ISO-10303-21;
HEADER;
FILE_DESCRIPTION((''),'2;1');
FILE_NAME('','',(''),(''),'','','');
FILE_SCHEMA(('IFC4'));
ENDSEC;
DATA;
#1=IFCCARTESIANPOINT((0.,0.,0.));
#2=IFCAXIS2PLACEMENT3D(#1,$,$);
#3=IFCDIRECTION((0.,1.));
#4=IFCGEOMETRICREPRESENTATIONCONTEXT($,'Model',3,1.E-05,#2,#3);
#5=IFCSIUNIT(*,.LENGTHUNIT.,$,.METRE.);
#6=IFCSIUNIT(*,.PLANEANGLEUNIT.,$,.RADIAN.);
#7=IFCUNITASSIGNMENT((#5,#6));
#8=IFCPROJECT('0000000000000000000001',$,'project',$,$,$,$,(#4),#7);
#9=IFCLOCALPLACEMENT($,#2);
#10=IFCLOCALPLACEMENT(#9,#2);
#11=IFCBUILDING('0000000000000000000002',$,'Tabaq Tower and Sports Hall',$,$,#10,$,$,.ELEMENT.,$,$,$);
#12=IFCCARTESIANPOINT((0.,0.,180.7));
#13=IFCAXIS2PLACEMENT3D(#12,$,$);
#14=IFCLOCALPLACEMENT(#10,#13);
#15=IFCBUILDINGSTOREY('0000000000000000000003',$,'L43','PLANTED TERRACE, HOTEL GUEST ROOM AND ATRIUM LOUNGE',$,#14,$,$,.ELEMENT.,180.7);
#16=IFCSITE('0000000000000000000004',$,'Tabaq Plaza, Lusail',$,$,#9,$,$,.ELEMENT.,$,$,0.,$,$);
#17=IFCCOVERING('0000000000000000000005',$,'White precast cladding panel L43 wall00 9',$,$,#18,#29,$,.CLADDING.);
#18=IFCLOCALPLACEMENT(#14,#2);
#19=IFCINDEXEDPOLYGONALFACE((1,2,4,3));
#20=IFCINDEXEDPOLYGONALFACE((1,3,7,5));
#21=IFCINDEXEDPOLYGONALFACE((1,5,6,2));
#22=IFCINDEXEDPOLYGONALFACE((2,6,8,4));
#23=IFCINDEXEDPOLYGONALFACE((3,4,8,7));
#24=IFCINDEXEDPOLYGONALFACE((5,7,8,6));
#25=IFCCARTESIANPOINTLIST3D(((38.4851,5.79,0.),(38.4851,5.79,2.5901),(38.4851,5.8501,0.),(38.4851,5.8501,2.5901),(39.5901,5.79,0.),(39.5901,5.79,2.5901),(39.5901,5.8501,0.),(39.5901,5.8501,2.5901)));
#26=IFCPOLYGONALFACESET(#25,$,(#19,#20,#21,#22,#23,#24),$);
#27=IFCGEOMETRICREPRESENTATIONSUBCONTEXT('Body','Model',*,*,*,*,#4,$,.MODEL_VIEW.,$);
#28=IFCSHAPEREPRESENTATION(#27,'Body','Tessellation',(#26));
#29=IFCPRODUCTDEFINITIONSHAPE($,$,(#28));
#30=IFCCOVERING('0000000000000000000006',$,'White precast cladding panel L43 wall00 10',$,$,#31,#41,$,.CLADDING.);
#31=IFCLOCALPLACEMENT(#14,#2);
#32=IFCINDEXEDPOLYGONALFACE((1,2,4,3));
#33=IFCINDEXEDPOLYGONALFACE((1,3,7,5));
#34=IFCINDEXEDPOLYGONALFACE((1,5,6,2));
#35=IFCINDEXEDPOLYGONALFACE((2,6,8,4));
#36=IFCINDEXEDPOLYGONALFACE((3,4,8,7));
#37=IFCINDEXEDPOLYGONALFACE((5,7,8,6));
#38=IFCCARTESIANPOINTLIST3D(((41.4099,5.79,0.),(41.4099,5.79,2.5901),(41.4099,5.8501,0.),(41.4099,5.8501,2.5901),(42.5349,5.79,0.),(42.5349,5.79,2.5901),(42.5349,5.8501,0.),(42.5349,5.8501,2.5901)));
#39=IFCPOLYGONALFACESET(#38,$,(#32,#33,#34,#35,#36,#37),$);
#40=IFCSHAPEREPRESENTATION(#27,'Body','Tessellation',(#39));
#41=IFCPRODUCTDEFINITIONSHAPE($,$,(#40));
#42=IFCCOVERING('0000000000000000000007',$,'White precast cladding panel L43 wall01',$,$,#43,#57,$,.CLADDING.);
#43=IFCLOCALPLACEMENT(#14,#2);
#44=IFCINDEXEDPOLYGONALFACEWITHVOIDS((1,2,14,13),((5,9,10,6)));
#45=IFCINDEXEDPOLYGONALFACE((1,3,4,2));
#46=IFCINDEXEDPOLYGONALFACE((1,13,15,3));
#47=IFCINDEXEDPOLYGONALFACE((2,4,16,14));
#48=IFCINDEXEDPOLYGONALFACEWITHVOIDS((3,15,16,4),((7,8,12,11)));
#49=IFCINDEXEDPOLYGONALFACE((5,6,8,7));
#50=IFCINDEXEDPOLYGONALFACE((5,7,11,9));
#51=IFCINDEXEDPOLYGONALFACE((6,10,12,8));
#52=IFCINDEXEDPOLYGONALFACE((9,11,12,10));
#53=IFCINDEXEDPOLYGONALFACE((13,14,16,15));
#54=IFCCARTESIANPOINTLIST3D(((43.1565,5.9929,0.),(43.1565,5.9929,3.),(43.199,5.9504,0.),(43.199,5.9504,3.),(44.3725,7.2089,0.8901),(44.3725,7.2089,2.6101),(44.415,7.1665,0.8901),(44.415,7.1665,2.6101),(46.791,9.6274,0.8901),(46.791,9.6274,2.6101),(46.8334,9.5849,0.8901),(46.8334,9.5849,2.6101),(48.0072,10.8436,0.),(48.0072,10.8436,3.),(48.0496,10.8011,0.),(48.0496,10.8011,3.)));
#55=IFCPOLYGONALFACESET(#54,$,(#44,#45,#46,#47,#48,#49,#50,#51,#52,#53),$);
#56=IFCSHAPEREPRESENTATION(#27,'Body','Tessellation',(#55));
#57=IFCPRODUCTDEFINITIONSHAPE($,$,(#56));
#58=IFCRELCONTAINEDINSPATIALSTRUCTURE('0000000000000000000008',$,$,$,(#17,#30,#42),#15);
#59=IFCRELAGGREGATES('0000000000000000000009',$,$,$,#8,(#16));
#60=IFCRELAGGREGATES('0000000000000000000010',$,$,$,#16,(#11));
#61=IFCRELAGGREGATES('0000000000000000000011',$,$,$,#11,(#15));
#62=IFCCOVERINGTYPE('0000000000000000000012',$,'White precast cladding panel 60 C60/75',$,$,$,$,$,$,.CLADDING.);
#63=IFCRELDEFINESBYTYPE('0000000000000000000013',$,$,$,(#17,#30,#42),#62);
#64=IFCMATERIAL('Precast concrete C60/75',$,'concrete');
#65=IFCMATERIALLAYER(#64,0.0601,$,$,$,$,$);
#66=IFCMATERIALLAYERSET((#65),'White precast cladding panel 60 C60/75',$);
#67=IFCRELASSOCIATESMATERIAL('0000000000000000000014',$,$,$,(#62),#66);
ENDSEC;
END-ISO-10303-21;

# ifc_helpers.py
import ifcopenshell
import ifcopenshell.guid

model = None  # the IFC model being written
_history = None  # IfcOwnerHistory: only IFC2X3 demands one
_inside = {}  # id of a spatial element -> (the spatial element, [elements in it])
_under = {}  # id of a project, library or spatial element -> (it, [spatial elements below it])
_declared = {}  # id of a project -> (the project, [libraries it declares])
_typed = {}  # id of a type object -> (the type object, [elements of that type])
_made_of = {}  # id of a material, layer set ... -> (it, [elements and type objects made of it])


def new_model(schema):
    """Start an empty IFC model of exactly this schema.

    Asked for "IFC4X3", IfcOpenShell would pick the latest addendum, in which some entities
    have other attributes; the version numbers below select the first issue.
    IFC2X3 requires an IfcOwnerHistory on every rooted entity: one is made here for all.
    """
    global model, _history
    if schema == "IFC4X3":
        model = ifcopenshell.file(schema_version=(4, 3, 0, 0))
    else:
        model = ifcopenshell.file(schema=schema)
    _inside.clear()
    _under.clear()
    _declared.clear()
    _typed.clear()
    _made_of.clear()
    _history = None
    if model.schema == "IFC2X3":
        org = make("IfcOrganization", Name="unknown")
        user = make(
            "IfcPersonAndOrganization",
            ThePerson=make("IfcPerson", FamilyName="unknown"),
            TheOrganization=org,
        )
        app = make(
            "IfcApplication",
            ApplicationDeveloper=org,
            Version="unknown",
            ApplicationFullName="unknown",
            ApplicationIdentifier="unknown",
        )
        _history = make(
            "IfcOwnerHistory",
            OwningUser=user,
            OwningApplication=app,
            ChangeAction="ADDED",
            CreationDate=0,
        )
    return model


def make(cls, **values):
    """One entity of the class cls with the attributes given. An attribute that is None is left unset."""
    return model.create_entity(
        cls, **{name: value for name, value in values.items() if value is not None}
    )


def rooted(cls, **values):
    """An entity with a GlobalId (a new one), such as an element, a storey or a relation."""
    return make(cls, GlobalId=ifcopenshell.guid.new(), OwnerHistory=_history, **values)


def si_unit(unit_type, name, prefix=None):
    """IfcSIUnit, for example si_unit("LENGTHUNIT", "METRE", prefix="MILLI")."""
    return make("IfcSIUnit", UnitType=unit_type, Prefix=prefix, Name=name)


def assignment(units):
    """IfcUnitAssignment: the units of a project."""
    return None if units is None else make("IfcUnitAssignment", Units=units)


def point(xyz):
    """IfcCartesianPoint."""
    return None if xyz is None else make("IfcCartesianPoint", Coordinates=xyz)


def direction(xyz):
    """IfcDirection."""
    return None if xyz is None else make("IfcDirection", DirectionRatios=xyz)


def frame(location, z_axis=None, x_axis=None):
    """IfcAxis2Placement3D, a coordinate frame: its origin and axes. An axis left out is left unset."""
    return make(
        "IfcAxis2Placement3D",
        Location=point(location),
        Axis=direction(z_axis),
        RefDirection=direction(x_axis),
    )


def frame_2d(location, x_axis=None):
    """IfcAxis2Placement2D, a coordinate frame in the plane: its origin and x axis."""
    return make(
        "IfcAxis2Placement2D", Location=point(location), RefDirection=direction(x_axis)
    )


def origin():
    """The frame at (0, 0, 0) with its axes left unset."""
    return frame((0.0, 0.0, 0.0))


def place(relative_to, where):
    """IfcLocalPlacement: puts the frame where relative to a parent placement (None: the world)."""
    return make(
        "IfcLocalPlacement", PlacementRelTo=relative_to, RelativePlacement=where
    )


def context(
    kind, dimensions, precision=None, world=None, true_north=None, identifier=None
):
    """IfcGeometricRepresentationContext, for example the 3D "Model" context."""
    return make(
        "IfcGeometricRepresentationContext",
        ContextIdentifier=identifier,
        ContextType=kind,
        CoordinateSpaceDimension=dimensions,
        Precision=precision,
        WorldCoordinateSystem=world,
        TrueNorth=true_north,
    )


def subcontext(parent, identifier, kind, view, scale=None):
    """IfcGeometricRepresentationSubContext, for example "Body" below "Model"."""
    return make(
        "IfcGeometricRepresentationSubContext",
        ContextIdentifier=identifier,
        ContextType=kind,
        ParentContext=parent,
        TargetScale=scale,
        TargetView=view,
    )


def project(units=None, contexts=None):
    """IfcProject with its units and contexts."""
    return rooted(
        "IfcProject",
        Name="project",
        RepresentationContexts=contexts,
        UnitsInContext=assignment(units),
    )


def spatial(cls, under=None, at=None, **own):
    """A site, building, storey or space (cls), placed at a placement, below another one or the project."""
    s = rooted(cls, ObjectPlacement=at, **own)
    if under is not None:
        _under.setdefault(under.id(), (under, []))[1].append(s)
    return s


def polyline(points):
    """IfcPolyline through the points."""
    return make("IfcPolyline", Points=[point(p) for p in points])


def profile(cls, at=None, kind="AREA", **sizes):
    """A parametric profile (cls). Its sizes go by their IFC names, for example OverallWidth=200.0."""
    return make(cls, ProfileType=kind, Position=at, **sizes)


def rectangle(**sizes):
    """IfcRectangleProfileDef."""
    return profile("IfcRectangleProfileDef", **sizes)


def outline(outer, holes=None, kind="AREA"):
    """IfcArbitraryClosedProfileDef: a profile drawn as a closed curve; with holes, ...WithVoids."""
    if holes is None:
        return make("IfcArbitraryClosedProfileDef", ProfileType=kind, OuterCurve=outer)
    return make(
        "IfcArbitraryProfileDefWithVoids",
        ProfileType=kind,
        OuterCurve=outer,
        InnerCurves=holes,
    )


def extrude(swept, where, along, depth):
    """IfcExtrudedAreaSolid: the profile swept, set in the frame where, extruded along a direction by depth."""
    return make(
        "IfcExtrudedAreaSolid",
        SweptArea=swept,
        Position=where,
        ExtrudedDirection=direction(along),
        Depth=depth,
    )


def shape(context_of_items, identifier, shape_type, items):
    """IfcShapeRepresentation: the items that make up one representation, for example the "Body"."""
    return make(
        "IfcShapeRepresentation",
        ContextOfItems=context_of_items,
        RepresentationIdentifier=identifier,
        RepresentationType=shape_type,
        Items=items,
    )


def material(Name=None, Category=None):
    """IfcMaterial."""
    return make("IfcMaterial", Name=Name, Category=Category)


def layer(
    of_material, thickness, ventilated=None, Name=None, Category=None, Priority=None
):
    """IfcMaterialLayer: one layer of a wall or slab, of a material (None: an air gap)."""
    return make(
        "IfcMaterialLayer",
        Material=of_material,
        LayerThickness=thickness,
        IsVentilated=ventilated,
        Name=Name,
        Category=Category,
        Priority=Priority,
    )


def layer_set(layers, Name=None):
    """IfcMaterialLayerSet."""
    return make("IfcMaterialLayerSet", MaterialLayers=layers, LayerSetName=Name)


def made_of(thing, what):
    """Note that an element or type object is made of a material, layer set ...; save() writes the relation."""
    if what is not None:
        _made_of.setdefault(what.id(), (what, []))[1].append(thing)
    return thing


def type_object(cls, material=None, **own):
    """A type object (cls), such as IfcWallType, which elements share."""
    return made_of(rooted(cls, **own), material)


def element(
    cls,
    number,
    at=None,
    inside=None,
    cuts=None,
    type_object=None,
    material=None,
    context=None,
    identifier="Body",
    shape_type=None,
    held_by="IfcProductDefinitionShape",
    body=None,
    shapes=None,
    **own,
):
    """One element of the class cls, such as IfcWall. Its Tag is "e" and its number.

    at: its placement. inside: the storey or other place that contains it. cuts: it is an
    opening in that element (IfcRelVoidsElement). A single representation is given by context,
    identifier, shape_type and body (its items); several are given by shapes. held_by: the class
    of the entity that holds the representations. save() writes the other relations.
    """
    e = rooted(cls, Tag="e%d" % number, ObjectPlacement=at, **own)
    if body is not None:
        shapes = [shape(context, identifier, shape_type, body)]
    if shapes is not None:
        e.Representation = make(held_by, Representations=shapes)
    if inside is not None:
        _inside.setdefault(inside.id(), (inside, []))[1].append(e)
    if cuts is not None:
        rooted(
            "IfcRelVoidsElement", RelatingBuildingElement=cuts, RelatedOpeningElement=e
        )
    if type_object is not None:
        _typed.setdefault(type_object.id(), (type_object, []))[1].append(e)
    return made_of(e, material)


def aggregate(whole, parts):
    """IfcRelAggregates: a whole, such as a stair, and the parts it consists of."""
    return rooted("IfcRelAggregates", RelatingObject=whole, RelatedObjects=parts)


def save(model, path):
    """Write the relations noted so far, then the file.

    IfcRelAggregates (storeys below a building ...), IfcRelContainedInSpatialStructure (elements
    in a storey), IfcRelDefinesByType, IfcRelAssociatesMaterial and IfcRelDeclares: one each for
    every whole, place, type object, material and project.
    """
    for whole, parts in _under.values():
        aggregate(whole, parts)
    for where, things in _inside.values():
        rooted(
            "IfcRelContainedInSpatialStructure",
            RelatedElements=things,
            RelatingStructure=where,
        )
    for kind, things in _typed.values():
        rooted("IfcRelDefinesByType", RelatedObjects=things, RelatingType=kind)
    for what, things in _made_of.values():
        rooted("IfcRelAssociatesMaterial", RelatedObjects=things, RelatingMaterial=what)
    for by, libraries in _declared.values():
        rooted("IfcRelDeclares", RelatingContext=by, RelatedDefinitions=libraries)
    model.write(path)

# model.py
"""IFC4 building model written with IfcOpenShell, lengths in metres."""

from ifc_helpers import new_model, si_unit, direction, frame, frame_2d, origin, place, context, subcontext, project, spatial, polyline, rectangle, outline, extrude, material, layer, layer_set, type_object, element, save


model = new_model("IFC4")

# Units and contexts
model_context = context("Model", 3, precision=1e-05, world=origin(), true_north=direction((0.0, 1.0)))
body_context = subcontext(model_context, "Body", "Model", "MODEL_VIEW")
ifc_project = project(units=[si_unit("LENGTHUNIT", "METRE"), si_unit("PLANEANGLEUNIT", "RADIAN")], contexts=[model_context])

# Site, building, storey
site_placement = place(None, origin())
site = spatial("IfcSite", under=ifc_project, at=site_placement, Name="Tabaq Plaza, Lusail", CompositionType="ELEMENT", RefElevation=0.0)
building_placement = place(site_placement, origin())
building = spatial("IfcBuilding", under=site, at=building_placement, Name="Tabaq Tower and Sports Hall", CompositionType="ELEMENT")
storey_placement = place(building_placement, frame((0.0, 0.0, 180.7)))
storey = spatial("IfcBuildingStorey", under=building, at=storey_placement, Name="L43", Description="PLANTED TERRACE, HOTEL GUEST ROOM AND ATRIUM LOUNGE", CompositionType="ELEMENT", Elevation=180.7)

# Coverings
ifc_material_1 = material(Name="Precast concrete C60/75", Category="concrete")
ifc_layer_1 = layer(ifc_material_1, 0.0601)
ifc_layer_set_1 = layer_set([ifc_layer_1], Name="White precast cladding panel 60 C60/75")
covering_type_1 = type_object("IfcCoveringType", Name="White precast cladding panel 60 C60/75", PredefinedType="CLADDING", material=ifc_layer_set_1)
covering_1_placement = place(storey_placement, frame((38.4851, 5.8201, 0.0), z_axis=(0.0, 0.0, 1.0), x_axis=(1.0, 0.0, 0.0)))
element("IfcCovering", 1, at=covering_1_placement, inside=storey, type_object=covering_type_1, Name="White precast cladding panel L43 wall00 9", PredefinedType="CLADDING", context=body_context, shape_type="SweptSolid", body=[
    extrude(rectangle(XDim=1.105, YDim=0.0601, at=frame_2d((0.5525, 0.0))), origin(), (0.0, 0.0, 1.0), 2.5901),
])
covering_2_placement = place(storey_placement, frame((41.4099, 5.8201, 0.0), z_axis=(0.0, 0.0, 1.0), x_axis=(1.0, 0.0, 0.0)))
element("IfcCovering", 2, at=covering_2_placement, inside=storey, type_object=covering_type_1, Name="White precast cladding panel L43 wall00 10", PredefinedType="CLADDING", context=body_context, shape_type="SweptSolid", body=[
    extrude(rectangle(XDim=1.125, YDim=0.0601, at=frame_2d((0.5625, 0.0))), origin(), (0.0, 0.0, 1.0), 2.5901),
])
covering_3_placement = place(storey_placement, frame((43.1777, 5.9717, 0.0), z_axis=(0.0, 0.0, 1.0), x_axis=(0.707107, 0.707107, 0.0)))
element("IfcCovering", 3, at=covering_3_placement, inside=storey, type_object=covering_type_1, Name="White precast cladding panel L43 wall01", PredefinedType="CLADDING", context=body_context, shape_type="SweptSolid", body=[
    extrude(outline(polyline([(0.0, 0.0), (6.8599, 0.0), (6.8599, 3.0), (0.0, 3.0), (0.0, 0.0)]), holes=[polyline([(1.7197, 0.8901), (1.7197, 2.6101), (5.1399, 2.6101), (5.1399, 0.8901), (1.7197, 0.8901)])]), frame((0.0, 0.03, 0.0), z_axis=(0.0, -1.0, 0.0), x_axis=(1.0, 0.0, 0.0)), (0.0, 0.0, 1.0), 0.0601),
])

save(model, "model.ifc")
